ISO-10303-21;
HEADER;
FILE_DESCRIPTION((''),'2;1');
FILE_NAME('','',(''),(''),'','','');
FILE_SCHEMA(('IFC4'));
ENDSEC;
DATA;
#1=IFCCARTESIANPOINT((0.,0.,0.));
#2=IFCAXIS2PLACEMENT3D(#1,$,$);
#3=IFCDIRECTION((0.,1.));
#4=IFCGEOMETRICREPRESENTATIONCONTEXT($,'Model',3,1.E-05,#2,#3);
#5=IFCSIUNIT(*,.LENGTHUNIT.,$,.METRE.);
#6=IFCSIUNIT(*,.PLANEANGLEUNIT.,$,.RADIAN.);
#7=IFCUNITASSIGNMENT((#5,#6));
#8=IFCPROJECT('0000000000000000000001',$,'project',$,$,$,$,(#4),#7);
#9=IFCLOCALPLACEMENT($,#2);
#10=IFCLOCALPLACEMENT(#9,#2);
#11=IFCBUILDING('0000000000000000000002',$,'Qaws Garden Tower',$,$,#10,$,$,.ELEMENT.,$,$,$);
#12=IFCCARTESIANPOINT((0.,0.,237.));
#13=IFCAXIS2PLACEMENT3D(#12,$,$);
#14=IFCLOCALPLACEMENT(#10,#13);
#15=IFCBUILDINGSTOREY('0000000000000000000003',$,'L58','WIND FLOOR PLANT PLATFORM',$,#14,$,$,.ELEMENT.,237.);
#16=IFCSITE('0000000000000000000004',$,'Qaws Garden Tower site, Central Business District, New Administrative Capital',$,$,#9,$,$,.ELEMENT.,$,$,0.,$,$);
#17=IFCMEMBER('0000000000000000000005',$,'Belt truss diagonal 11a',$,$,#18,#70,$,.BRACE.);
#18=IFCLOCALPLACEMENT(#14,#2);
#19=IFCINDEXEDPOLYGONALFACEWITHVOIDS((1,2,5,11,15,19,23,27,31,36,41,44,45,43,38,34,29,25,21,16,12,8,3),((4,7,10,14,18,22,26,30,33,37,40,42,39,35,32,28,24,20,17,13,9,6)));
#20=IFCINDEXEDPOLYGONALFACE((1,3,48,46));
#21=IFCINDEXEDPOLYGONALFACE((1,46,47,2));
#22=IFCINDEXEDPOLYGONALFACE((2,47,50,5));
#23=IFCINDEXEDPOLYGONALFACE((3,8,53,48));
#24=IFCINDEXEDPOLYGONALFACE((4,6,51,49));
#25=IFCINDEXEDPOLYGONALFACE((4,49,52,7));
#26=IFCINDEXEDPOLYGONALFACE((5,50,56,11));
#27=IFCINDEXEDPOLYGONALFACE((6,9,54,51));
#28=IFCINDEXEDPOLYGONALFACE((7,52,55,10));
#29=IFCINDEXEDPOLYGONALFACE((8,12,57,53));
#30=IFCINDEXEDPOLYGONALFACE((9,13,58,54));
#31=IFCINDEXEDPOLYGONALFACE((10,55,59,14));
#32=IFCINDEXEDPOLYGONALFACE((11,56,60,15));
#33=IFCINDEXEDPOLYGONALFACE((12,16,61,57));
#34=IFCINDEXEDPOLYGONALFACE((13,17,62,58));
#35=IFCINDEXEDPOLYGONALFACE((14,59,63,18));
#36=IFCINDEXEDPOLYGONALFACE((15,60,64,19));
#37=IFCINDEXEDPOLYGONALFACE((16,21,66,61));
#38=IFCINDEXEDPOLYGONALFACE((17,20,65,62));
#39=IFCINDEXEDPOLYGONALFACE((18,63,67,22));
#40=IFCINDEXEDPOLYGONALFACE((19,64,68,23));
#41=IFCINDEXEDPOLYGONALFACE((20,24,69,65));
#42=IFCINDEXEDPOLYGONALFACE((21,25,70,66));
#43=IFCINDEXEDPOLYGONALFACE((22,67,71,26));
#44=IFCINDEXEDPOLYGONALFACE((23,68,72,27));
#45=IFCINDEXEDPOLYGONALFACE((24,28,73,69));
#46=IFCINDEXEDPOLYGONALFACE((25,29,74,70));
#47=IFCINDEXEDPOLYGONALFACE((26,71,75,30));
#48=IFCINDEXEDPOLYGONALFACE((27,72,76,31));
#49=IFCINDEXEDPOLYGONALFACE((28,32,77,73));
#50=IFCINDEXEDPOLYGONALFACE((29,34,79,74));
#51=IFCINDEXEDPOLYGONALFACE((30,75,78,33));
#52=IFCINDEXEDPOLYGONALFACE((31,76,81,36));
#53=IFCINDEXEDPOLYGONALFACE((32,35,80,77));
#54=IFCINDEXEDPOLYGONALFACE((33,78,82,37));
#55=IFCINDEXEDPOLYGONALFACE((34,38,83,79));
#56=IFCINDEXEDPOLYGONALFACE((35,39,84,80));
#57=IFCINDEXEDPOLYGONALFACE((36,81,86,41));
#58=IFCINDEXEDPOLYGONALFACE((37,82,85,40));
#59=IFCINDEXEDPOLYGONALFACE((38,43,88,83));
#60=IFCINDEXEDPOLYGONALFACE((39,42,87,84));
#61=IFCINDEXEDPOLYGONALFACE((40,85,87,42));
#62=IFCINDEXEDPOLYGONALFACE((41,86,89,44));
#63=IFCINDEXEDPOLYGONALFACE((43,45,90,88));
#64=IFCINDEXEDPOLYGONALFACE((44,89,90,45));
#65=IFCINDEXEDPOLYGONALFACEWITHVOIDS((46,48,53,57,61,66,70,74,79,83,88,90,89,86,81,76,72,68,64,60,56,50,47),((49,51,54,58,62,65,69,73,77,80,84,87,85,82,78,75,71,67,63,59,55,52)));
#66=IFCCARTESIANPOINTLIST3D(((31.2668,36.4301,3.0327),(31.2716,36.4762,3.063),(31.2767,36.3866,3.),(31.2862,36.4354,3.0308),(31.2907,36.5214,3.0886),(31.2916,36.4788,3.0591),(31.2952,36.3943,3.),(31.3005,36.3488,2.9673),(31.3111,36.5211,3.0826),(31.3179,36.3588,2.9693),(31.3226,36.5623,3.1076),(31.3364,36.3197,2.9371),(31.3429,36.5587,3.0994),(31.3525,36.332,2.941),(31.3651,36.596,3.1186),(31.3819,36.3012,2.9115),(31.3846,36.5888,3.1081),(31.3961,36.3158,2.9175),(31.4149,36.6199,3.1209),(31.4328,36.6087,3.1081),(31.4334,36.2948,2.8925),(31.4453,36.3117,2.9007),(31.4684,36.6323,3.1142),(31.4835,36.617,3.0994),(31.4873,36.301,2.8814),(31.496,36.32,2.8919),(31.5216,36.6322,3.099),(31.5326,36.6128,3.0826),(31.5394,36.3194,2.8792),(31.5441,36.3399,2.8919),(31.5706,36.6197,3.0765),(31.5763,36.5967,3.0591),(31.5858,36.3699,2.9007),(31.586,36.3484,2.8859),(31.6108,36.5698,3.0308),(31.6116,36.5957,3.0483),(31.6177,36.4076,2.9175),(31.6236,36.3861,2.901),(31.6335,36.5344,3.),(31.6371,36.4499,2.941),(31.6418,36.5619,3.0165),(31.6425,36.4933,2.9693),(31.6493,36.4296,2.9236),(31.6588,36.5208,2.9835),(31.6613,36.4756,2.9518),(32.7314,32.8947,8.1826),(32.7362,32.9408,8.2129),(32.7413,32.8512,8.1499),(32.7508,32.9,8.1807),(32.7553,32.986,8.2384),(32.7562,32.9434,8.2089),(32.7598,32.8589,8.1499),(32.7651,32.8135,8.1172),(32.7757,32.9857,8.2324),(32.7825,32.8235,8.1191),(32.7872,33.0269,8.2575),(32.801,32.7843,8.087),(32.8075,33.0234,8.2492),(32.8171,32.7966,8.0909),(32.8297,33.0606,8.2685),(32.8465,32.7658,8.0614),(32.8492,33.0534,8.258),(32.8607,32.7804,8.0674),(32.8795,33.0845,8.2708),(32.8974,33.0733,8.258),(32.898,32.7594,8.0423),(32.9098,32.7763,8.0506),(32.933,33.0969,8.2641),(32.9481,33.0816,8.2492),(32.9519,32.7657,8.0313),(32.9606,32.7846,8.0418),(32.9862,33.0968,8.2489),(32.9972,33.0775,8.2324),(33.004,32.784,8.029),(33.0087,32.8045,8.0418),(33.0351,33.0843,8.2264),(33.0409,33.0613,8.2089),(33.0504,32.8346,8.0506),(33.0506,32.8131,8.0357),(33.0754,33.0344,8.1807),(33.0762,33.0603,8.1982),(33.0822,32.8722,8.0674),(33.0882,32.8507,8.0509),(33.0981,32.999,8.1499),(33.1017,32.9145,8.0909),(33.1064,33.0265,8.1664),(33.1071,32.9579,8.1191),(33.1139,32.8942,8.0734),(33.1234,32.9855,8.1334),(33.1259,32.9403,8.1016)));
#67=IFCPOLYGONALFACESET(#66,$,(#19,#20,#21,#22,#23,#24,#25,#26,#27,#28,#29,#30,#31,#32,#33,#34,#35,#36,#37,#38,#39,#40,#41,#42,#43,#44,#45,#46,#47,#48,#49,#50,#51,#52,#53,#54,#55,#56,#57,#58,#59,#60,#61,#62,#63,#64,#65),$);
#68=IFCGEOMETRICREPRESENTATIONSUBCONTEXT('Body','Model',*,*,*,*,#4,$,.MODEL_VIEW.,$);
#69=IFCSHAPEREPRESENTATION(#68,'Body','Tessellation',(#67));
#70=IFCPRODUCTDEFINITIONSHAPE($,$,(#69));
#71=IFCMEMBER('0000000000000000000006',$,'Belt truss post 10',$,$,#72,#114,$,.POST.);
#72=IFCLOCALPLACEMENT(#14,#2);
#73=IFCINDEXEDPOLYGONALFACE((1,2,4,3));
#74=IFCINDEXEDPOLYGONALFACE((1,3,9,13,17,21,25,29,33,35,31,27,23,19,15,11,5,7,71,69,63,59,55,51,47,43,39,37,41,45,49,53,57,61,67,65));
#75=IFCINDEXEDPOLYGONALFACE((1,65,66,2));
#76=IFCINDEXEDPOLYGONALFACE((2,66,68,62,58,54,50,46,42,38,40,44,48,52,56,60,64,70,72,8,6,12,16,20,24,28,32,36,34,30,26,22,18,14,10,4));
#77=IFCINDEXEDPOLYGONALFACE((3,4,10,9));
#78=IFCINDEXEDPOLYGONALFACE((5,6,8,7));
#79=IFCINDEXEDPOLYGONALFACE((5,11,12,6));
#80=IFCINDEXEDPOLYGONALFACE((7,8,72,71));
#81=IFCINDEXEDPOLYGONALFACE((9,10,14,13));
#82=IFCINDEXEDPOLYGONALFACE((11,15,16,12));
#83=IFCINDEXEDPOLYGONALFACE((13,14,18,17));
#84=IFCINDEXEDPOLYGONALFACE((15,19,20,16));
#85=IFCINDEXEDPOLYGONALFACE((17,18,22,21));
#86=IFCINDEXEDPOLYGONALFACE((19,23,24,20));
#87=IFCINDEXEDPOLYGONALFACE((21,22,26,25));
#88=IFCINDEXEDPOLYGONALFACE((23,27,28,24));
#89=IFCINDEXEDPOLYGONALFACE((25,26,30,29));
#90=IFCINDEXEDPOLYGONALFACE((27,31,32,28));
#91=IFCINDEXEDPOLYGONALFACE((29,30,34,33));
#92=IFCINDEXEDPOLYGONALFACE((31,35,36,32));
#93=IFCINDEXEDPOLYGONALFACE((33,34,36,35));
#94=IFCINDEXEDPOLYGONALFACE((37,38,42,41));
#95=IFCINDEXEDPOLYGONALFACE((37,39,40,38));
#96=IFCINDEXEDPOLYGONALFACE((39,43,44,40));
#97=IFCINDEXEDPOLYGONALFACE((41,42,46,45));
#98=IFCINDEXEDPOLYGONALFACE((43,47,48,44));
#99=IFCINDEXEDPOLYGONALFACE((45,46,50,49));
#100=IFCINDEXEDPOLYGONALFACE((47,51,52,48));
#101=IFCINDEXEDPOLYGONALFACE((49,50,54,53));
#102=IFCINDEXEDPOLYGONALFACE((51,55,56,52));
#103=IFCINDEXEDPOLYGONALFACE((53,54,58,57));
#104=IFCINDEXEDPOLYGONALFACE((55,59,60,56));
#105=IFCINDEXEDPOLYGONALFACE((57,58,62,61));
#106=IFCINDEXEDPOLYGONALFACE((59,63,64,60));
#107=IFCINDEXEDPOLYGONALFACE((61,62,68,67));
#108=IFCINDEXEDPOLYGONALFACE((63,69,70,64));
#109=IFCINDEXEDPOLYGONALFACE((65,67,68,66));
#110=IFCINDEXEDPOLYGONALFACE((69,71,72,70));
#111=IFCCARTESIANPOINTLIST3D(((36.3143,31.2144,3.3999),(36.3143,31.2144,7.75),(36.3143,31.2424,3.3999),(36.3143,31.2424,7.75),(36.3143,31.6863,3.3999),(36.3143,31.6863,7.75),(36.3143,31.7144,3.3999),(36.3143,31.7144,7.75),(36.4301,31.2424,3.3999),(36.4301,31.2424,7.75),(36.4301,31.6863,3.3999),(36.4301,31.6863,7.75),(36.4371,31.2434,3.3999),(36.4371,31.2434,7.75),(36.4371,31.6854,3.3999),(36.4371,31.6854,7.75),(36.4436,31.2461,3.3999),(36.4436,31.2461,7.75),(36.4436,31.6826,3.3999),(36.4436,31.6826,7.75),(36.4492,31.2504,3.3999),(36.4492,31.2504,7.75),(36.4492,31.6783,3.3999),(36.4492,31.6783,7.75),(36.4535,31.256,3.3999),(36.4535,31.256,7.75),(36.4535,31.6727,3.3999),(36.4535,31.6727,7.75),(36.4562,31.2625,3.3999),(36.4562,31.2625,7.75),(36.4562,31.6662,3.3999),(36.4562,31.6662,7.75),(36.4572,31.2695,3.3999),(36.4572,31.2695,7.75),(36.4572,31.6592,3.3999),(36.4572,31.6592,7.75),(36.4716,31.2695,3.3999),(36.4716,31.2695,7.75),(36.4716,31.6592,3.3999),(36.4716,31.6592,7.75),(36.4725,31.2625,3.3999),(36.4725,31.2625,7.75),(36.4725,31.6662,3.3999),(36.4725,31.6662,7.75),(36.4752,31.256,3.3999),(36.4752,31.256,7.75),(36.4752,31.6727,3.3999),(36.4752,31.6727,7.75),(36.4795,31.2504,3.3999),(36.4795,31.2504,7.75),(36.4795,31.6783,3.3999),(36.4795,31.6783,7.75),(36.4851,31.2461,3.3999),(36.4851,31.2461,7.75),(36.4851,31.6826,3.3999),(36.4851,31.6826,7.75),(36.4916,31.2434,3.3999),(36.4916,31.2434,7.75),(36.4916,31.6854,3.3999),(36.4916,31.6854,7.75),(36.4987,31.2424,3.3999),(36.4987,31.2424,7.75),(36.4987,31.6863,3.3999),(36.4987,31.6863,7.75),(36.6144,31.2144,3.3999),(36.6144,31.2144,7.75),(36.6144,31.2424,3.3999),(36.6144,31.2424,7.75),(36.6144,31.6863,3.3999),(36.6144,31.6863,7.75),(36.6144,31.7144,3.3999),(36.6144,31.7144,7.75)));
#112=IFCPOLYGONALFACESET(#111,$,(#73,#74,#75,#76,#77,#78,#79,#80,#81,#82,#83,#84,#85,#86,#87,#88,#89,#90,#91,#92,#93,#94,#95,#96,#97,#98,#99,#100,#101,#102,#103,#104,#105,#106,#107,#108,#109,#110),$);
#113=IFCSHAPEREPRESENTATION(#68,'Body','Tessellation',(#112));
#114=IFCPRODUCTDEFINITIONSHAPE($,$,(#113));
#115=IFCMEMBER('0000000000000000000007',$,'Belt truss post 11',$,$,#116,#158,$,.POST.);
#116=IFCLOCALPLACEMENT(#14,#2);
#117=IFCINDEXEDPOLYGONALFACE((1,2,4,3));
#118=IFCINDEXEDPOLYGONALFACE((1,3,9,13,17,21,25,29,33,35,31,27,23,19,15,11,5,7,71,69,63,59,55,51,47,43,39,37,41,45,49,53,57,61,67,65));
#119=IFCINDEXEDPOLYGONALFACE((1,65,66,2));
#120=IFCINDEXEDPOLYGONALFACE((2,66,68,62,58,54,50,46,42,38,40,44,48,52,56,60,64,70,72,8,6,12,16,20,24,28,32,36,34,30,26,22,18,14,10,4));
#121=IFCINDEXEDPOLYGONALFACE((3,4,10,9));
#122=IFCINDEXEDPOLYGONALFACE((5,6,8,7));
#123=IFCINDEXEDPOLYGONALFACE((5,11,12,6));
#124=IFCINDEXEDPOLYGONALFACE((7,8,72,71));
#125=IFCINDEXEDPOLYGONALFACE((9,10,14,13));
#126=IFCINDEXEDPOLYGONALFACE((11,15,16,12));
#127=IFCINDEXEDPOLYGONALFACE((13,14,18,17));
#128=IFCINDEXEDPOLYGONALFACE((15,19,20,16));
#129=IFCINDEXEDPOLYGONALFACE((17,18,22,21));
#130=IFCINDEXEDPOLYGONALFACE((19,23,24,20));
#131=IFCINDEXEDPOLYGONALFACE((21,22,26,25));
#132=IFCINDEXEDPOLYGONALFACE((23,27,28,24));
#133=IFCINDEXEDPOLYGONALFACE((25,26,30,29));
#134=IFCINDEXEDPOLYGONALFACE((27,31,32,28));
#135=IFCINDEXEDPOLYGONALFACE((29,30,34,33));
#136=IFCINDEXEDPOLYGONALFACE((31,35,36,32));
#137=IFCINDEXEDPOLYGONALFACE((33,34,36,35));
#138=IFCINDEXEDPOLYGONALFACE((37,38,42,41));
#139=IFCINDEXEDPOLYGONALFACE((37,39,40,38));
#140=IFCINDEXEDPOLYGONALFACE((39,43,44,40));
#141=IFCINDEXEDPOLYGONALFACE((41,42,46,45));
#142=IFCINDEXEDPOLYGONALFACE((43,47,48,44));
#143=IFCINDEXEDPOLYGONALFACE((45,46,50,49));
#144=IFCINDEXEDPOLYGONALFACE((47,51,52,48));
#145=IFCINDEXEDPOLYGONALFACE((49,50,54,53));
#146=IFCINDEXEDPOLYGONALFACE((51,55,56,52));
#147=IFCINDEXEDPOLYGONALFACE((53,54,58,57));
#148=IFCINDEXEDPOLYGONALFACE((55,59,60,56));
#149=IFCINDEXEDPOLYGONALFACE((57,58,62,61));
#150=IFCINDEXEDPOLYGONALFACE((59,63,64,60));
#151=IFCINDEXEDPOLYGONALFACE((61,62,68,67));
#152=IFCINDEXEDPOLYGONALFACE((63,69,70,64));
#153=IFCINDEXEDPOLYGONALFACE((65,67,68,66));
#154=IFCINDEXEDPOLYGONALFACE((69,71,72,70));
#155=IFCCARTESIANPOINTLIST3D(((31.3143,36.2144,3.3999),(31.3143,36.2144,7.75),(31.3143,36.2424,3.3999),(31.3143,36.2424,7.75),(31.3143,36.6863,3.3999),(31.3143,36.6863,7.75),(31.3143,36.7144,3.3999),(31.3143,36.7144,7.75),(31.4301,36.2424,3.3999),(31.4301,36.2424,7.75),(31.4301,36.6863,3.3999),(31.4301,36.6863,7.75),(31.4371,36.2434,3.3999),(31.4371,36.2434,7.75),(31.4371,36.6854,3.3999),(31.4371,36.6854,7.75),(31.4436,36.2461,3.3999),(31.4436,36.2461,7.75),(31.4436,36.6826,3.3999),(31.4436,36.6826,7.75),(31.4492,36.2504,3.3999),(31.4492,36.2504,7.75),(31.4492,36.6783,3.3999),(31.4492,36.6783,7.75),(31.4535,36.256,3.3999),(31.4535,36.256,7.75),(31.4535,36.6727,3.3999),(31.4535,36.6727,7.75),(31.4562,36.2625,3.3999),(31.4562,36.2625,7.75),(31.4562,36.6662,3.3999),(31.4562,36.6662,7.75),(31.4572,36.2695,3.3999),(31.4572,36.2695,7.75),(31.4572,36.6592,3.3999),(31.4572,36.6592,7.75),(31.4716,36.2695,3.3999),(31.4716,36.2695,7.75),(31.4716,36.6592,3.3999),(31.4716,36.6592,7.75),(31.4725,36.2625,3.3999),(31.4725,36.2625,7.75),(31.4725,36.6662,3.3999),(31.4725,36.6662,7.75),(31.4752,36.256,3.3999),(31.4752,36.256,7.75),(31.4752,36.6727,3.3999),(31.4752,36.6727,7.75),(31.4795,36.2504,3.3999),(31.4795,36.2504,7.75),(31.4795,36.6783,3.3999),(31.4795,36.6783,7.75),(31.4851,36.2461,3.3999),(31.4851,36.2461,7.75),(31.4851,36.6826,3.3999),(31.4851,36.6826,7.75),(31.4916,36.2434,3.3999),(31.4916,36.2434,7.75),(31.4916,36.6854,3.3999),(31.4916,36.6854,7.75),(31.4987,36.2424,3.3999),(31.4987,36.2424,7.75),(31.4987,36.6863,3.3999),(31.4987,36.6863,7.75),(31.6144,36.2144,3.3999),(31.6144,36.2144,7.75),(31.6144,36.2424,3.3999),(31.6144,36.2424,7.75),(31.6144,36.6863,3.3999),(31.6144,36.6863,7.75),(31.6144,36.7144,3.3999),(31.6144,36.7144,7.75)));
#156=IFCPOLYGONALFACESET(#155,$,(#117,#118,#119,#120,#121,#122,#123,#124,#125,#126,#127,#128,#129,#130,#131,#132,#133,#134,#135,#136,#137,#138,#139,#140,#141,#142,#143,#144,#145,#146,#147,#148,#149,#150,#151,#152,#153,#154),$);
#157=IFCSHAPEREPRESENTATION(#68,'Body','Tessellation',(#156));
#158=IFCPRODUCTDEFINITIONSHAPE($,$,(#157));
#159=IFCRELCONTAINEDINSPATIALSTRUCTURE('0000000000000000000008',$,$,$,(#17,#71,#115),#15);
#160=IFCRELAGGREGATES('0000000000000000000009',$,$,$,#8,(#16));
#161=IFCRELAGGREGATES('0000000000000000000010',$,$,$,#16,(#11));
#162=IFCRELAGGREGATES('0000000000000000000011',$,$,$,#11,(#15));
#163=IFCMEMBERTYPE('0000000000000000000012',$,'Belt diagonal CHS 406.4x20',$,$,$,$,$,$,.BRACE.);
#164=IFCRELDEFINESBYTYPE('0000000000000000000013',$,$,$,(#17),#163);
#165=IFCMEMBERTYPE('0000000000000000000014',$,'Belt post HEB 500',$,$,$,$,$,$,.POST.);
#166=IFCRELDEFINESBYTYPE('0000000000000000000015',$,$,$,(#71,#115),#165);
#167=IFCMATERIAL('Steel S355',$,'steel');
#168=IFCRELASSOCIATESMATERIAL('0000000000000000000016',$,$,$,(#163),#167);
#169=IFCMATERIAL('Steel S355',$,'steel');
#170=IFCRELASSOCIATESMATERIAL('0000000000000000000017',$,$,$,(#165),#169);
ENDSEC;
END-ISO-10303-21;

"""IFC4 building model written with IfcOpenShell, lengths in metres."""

from ifc_helpers import new_model, si_unit, direction, frame, origin, origin_2d, place, context, subcontext, project, spatial, hollow_circle, i_section, extrude, material, material_profile, profile_set, type_object, element, save


model = new_model("IFC4")

# Units and contexts
model_context = context("Model", 3, precision=1e-05, world=origin(), true_north=direction((0.0, 1.0)))
body_context = subcontext(model_context, "Body", "Model", "MODEL_VIEW")
ifc_project = project(units=[si_unit("LENGTHUNIT", "METRE"), si_unit("PLANEANGLEUNIT", "RADIAN")], contexts=[model_context])

# Site, building, storey
site_placement = place(None, origin())
site = spatial("IfcSite", under=ifc_project, at=site_placement, Name="Qaws Garden Tower site, Central Business District, New Administrative Capital", CompositionType="ELEMENT", RefElevation=0.0)
building_placement = place(site_placement, origin())
building = spatial("IfcBuilding", under=site, at=building_placement, Name="Qaws Garden Tower", CompositionType="ELEMENT")
storey_placement = place(building_placement, frame((0.0, 0.0, 237.0)))
storey = spatial("IfcBuildingStorey", under=building, at=storey_placement, Name="L58", Description="WIND FLOOR PLANT PLATFORM", CompositionType="ELEMENT", Elevation=237.0)

# Members
ifc_material_1 = material(Name="Steel S355", Category="steel")
ifc_material_profile_1 = material_profile(ifc_material_1, hollow_circle(Radius=0.2031, WallThickness=0.02, at=origin_2d()), Name="CHS 406.4x20")
ifc_profile_set_1 = profile_set([ifc_material_profile_1], Name="Steel S355")
member_type_1 = type_object("IfcMemberType", Name="Belt diagonal CHS 406.4x20", PredefinedType="BRACE", material=ifc_profile_set_1)
member_1_placement = place(storey_placement, frame((32.929, 32.929, 8.1499), z_axis=(-0.228271, 0.551025, -0.80266), x_axis=(-0.923862, -0.382726, 0.0)))
element("IfcMember", 1, at=member_1_placement, inside=storey, type_object=member_type_1, Name="Belt truss diagonal 11a", PredefinedType="BRACE", context=body_context, shape_type="SweptSolid", body=[
    extrude(hollow_circle(Radius=0.2031, WallThickness=0.02, at=origin_2d()), origin(), (0.0, 0.0, 1.0), 6.416),
])
ifc_material_2 = material(Name="Steel S355", Category="steel")
ifc_material_profile_2 = material_profile(ifc_material_2, i_section(OverallWidth=0.3, OverallDepth=0.5, WebThickness=0.0144, FlangeThickness=0.0281, FilletRadius=0.0271, at=origin_2d()), Name="HEB 500")
ifc_profile_set_2 = profile_set([ifc_material_profile_2], Name="Steel S355")
member_type_2 = type_object("IfcMemberType", Name="Belt post HEB 500", PredefinedType="POST", material=ifc_profile_set_2)
placement_1 = place(storey_placement, frame((36.4644, 31.4644, 3.3999), z_axis=(0.0, 0.0, 1.0), x_axis=(1.0, 0.0, 0.0)))
element("IfcMember", 2, at=placement_1, inside=storey, type_object=member_type_2, Name="Belt truss post 10", PredefinedType="POST", context=body_context, shape_type="SweptSolid", body=[
    extrude(i_section(OverallWidth=0.3, OverallDepth=0.5, WebThickness=0.0144, FlangeThickness=0.0281, FilletRadius=0.0271, at=origin_2d()), origin(), (0.0, 0.0, 1.0), 4.3501),
])
placement_2 = place(storey_placement, frame((31.4644, 36.4644, 3.3999), z_axis=(0.0, 0.0, 1.0), x_axis=(1.0, 0.0, 0.0)))
element("IfcMember", 3, at=placement_2, inside=storey, type_object=member_type_2, Name="Belt truss post 11", PredefinedType="POST", context=body_context, shape_type="SweptSolid", body=[
    extrude(i_section(OverallWidth=0.3, OverallDepth=0.5, WebThickness=0.0144, FlangeThickness=0.0281, FilletRadius=0.0271, at=origin_2d()), origin(), (0.0, 0.0, 1.0), 4.3501),
])

save(model, "model.ifc")
